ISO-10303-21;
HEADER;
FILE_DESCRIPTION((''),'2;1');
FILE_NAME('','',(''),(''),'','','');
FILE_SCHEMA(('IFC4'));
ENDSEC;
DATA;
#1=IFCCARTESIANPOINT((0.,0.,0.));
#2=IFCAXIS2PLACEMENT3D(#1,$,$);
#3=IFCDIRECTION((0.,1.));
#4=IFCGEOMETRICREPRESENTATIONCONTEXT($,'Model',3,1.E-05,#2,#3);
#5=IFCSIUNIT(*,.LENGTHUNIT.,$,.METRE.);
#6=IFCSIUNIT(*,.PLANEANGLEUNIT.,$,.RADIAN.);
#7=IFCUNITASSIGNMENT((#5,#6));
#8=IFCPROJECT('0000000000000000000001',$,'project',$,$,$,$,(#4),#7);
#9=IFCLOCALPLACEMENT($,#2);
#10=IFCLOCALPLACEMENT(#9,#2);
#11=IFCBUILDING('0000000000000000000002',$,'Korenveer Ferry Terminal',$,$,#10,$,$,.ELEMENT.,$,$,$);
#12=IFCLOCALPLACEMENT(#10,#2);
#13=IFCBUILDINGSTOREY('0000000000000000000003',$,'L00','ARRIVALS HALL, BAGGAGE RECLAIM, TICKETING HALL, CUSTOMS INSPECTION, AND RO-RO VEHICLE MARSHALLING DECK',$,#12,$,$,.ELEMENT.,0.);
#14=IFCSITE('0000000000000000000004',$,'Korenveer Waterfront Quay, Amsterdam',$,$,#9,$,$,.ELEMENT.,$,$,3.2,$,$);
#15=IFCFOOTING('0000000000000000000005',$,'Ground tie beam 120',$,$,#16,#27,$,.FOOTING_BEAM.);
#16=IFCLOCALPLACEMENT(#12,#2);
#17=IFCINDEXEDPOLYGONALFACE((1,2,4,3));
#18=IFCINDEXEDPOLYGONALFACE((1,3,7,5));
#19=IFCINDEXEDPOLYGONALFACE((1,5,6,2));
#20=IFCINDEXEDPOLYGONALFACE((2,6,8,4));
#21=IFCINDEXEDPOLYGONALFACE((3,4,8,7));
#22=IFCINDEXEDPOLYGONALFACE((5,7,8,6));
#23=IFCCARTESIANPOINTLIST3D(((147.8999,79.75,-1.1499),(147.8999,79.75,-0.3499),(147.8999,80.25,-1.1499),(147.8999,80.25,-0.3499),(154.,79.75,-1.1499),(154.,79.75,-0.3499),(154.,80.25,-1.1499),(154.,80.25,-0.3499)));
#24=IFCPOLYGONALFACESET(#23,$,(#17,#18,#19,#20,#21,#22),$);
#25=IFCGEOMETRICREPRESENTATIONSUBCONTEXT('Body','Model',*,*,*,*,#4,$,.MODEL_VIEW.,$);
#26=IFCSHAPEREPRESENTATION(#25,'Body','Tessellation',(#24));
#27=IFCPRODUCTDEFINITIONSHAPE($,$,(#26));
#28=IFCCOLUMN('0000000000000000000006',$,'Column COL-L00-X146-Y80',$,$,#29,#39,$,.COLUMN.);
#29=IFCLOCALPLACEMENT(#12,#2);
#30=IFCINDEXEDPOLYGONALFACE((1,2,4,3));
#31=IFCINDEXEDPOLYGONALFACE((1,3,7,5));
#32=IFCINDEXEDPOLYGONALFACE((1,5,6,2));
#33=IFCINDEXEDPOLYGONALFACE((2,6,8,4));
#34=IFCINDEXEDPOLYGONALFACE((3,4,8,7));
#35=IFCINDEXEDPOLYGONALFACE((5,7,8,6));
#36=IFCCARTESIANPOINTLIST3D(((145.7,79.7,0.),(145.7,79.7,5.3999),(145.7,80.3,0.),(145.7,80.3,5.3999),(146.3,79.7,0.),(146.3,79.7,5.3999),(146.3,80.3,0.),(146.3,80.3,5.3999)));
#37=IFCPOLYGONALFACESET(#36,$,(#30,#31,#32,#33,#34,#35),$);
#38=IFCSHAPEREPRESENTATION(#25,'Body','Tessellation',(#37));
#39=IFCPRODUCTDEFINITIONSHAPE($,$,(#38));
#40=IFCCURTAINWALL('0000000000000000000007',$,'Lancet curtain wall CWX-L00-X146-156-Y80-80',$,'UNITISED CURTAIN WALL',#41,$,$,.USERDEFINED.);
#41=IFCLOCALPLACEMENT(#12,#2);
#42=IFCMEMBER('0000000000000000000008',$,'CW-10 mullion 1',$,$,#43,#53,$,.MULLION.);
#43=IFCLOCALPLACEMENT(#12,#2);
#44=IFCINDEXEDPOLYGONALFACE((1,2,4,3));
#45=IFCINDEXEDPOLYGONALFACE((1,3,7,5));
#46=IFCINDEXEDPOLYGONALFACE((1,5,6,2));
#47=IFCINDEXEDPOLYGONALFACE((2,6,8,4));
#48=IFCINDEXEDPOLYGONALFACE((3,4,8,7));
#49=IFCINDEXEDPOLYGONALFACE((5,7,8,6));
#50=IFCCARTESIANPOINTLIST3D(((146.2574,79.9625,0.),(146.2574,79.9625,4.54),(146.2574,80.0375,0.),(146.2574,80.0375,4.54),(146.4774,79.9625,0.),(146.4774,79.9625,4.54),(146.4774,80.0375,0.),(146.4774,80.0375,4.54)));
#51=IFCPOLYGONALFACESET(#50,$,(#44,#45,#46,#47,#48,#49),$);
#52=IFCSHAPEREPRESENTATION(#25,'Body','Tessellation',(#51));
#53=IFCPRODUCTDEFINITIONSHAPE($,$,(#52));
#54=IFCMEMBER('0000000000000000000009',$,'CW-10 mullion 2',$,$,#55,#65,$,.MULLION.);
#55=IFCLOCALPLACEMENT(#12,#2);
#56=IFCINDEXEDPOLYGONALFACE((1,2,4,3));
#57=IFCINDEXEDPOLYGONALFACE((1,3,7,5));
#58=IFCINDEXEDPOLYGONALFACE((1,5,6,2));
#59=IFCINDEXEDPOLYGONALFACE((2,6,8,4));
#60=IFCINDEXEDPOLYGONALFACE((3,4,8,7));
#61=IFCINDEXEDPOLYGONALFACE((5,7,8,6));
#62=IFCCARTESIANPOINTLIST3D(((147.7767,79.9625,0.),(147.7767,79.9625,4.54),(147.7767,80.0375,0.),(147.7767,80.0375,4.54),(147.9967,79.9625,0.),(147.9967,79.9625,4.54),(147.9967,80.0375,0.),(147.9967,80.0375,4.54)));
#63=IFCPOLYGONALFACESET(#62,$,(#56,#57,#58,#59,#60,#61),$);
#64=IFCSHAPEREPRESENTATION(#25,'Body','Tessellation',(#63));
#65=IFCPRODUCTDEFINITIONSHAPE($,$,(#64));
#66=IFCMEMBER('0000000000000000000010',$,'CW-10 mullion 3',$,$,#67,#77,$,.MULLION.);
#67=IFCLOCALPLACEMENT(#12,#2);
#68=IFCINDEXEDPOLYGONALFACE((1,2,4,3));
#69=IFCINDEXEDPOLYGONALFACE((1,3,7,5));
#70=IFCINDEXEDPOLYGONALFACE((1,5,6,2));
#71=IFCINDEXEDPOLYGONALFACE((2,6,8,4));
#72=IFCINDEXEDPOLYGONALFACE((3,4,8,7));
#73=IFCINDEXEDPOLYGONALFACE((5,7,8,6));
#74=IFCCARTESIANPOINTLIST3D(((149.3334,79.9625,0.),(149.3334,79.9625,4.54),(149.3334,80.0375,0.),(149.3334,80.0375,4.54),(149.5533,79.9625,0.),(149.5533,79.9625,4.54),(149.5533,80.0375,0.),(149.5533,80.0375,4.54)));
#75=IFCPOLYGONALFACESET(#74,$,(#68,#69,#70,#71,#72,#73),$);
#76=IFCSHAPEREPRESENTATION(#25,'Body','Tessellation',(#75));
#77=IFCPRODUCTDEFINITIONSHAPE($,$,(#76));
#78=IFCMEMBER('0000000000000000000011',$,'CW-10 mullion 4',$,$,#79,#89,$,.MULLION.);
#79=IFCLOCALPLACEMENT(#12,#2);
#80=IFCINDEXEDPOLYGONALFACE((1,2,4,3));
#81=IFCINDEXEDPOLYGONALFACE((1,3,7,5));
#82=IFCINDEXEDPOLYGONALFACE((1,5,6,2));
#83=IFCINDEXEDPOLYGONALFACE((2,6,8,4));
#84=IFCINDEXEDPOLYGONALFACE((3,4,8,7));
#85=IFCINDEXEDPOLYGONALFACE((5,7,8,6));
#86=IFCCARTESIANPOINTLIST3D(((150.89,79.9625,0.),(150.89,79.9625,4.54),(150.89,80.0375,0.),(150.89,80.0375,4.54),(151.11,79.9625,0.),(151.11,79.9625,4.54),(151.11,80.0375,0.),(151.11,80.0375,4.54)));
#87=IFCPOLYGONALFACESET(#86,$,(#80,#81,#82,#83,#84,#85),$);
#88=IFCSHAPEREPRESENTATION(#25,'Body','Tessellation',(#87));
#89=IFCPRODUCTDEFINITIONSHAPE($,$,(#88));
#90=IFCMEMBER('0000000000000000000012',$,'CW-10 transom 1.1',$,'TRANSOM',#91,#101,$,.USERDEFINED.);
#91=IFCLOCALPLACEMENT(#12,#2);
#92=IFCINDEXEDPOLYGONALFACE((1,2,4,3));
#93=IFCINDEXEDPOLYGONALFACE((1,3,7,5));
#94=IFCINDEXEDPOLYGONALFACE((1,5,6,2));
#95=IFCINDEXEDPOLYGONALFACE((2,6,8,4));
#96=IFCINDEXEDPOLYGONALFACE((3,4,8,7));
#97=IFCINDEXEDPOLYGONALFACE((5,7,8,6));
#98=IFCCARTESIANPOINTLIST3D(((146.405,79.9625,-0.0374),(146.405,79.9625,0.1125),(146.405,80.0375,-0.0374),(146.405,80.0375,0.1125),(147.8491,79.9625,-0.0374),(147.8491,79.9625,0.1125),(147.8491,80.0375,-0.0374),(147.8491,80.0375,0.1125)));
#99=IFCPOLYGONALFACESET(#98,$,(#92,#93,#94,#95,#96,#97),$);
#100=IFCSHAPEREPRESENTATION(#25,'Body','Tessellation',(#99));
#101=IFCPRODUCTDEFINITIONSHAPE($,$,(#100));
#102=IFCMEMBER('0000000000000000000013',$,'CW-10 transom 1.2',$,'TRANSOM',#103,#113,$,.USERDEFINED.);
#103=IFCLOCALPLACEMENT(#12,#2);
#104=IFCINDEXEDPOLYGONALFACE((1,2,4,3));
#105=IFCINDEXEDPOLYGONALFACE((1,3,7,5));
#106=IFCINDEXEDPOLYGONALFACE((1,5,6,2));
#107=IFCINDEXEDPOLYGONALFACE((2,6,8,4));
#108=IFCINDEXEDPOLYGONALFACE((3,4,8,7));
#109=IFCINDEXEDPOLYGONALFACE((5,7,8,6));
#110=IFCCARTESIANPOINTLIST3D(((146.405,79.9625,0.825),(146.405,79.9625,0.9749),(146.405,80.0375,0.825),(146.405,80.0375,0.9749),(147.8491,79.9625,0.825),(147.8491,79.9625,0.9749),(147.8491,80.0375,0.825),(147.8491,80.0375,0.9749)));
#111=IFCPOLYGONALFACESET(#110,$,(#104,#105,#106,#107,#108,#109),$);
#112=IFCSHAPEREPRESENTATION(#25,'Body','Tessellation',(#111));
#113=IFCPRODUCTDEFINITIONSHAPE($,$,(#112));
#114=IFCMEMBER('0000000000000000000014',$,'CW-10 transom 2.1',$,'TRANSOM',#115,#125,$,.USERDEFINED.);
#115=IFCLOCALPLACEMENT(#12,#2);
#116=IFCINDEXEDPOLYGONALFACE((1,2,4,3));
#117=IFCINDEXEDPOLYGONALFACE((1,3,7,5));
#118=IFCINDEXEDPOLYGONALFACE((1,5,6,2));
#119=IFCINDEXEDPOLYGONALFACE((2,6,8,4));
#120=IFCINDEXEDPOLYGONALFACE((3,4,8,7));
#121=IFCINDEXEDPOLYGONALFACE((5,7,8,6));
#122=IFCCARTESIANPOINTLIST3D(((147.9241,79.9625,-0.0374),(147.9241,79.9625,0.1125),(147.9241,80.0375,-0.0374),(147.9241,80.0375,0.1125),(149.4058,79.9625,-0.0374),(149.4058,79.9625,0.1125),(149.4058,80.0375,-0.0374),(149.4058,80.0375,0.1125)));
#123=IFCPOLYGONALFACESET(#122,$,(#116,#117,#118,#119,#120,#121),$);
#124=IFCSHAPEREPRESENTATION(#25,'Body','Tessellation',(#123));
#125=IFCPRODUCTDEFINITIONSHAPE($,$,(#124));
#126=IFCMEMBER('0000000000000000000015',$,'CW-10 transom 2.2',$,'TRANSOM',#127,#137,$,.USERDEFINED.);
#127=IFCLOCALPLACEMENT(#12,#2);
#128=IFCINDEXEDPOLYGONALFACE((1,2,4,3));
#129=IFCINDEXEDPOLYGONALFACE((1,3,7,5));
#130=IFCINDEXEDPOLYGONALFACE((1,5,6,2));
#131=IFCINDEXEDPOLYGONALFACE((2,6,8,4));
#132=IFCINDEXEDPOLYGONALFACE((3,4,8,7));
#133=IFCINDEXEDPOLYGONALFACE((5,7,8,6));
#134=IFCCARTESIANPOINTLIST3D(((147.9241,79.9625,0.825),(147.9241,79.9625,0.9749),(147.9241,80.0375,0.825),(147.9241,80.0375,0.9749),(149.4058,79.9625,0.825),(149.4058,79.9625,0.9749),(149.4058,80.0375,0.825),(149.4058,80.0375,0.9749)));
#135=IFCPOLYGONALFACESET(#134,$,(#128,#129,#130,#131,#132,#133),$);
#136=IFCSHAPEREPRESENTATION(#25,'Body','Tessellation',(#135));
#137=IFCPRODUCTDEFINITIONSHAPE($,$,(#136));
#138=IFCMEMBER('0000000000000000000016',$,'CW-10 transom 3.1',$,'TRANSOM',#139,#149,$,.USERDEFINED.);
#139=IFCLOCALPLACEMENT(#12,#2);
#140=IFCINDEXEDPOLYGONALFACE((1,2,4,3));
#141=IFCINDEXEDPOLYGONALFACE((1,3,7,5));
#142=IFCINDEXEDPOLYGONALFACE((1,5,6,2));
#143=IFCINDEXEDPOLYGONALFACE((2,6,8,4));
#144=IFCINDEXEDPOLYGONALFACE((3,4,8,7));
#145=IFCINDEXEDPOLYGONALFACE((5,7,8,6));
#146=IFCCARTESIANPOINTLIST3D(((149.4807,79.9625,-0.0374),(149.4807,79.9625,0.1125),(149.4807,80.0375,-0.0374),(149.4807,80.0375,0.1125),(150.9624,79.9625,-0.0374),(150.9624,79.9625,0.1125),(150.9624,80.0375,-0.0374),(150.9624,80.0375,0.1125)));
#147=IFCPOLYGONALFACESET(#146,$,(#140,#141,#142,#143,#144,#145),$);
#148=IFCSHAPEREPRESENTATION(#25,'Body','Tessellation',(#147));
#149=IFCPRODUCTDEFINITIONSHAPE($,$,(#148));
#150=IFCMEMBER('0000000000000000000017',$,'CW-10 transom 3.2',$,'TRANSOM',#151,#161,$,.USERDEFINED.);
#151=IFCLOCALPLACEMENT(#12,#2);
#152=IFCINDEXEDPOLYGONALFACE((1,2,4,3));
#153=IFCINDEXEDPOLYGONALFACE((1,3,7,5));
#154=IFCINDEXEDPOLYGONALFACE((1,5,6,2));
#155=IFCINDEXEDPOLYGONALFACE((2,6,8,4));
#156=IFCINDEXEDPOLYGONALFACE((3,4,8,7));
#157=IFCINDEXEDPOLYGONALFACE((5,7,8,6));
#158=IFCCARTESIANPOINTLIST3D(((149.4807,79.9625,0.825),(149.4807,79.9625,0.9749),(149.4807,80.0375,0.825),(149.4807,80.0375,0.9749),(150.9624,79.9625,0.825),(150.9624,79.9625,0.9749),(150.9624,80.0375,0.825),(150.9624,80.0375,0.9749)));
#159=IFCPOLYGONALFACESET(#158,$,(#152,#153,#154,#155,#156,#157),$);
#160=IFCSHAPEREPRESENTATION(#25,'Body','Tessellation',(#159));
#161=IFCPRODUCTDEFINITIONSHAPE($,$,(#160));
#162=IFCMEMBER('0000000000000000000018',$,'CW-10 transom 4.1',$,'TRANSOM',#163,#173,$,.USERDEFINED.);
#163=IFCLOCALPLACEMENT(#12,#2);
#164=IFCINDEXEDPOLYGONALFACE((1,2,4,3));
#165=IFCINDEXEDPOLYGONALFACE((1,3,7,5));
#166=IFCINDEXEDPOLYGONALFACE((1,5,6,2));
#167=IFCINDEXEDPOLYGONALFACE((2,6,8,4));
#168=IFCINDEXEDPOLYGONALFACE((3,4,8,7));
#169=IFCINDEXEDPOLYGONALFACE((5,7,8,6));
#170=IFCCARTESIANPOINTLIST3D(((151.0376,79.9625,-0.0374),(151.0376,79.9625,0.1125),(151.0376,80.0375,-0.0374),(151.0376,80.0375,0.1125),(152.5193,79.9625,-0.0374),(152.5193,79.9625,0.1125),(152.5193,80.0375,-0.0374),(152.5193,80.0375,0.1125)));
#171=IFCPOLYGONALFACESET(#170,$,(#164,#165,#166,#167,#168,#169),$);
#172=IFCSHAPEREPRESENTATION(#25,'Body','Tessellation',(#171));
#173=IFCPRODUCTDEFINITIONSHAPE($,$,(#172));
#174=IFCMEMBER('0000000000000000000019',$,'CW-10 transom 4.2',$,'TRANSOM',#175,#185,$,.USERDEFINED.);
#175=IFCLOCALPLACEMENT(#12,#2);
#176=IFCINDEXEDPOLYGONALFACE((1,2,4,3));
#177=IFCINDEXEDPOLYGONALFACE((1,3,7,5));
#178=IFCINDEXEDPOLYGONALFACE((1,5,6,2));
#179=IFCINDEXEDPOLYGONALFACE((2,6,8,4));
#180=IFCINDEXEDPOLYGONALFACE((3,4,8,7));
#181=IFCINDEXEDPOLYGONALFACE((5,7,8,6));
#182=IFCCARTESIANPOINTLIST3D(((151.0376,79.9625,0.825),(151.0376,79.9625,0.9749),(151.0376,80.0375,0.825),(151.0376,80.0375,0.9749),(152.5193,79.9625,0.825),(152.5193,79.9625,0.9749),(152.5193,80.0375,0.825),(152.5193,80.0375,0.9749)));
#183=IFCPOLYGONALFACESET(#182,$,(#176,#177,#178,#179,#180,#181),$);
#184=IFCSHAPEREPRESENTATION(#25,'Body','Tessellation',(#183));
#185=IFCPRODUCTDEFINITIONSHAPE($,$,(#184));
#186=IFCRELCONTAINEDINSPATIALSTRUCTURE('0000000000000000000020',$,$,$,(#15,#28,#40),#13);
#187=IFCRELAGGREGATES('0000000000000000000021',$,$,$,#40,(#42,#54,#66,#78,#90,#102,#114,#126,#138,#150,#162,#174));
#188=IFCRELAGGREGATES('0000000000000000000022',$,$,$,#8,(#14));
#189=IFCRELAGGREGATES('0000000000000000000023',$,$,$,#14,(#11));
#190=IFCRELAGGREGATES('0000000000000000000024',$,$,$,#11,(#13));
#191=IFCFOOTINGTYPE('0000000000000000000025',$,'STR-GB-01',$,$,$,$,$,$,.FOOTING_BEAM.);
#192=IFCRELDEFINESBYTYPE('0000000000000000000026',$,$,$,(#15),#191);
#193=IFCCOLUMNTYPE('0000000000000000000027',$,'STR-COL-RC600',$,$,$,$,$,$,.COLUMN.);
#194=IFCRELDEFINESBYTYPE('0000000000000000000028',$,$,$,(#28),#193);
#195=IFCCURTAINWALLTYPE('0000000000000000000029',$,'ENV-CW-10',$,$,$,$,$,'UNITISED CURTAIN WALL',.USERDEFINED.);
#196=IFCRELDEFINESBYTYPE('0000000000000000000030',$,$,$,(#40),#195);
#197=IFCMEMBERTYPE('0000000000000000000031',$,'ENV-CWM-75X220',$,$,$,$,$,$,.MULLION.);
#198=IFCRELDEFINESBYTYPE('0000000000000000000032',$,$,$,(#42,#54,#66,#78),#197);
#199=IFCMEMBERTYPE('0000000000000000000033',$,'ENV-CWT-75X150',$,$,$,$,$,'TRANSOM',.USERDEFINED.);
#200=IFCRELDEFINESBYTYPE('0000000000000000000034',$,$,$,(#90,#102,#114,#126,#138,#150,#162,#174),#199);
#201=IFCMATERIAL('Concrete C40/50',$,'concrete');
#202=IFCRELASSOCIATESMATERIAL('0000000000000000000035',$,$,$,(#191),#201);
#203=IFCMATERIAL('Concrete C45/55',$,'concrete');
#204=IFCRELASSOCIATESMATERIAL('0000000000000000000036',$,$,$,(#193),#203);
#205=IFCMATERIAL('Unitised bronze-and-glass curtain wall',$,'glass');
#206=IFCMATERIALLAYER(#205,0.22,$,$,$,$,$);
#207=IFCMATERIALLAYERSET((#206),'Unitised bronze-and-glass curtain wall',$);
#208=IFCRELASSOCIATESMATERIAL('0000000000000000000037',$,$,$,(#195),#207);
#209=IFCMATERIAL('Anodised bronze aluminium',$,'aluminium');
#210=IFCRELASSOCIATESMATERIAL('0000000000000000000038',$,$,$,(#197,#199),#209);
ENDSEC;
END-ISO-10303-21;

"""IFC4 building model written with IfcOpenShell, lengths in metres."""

from ifc_helpers import new_model, si_unit, direction, frame, origin, origin_2d, place, context, subcontext, project, spatial, rectangle, extrude, material, layer, layer_set, material_profile, profile_set, type_object, element, aggregate, save


model = new_model("IFC4")

# Units and contexts
model_context = context("Model", 3, precision=1e-05, world=origin(), true_north=direction((0.0, 1.0)))
body_context = subcontext(model_context, "Body", "Model", "MODEL_VIEW")
ifc_project = project(units=[si_unit("LENGTHUNIT", "METRE"), si_unit("PLANEANGLEUNIT", "RADIAN")], contexts=[model_context])

# Site, building, storey
site_placement = place(None, origin())
site = spatial("IfcSite", under=ifc_project, at=site_placement, Name="Korenveer Waterfront Quay, Amsterdam", CompositionType="ELEMENT", RefElevation=3.2)
building_placement = place(site_placement, origin())
building = spatial("IfcBuilding", under=site, at=building_placement, Name="Korenveer Ferry Terminal", CompositionType="ELEMENT")
storey_placement = place(building_placement, origin())
storey = spatial("IfcBuildingStorey", under=building, at=storey_placement, Name="L00", Description="ARRIVALS HALL, BAGGAGE RECLAIM, TICKETING HALL, CUSTOMS INSPECTION, AND RO-RO VEHICLE MARSHALLING DECK", CompositionType="ELEMENT", Elevation=0.0)

# Footing
ifc_material_1 = material(Name="Concrete C40/50", Category="concrete")
footing_type = type_object("IfcFootingType", Name="STR-GB-01", PredefinedType="FOOTING_BEAM", material=ifc_material_1)
footing_placement = place(storey_placement, frame((150.95, 80.0, -1.1499), z_axis=(0.0, 0.0, 1.0), x_axis=(1.0, 0.0, 0.0)))
element("IfcFooting", 1, at=footing_placement, inside=storey, type_object=footing_type, Name="Ground tie beam 120", PredefinedType="FOOTING_BEAM", context=body_context, shape_type="SweptSolid", body=[
    extrude(rectangle(XDim=6.1001, YDim=0.5, at=origin_2d()), origin(), (0.0, 0.0, 1.0), 0.8),
])

# Column
ifc_material_2 = material(Name="Concrete C45/55", Category="concrete")
ifc_material_profile_1 = material_profile(ifc_material_2, rectangle(XDim=0.6001, YDim=0.6001, at=origin_2d()), Name="RC 600x600")
ifc_profile_set_1 = profile_set([ifc_material_profile_1], Name="Concrete C45/55")
column_type = type_object("IfcColumnType", Name="STR-COL-RC600", PredefinedType="COLUMN", material=ifc_profile_set_1)
column_placement = place(storey_placement, frame((146.0, 80.0, 0.0), z_axis=(0.0, 0.0, 1.0), x_axis=(1.0, 0.0, 0.0)))
element("IfcColumn", 2, at=column_placement, inside=storey, type_object=column_type, Name="Column COL-L00-X146-Y80", PredefinedType="COLUMN", context=body_context, shape_type="SweptSolid", body=[
    extrude(rectangle(XDim=0.6001, YDim=0.6001, at=origin_2d()), origin(), (0.0, 0.0, 1.0), 5.3999),
])

# Curtain wall, members
ifc_material_3 = material(Name="Unitised bronze-and-glass curtain wall", Category="glass")
ifc_layer_1 = layer(ifc_material_3, 0.22)
ifc_layer_set_1 = layer_set([ifc_layer_1], Name="Unitised bronze-and-glass curtain wall")
curtain_wall_type = type_object("IfcCurtainWallType", Name="ENV-CW-10", ElementType="UNITISED CURTAIN WALL", PredefinedType="USERDEFINED", material=ifc_layer_set_1)
curtain_wall_placement = place(storey_placement, frame((146.3301, 80.0, 0.0)))
curtain_wall = element("IfcCurtainWall", 3, at=curtain_wall_placement, inside=storey, type_object=curtain_wall_type, Name="Lancet curtain wall CWX-L00-X146-156-Y80-80", ObjectType="UNITISED CURTAIN WALL", PredefinedType="USERDEFINED")
ifc_material_4 = material(Name="Anodised bronze aluminium", Category="aluminium")
ifc_material_profile_2 = material_profile(ifc_material_4, rectangle(XDim=0.075, YDim=0.22, at=origin_2d()), Name="ALU 75x220")
ifc_profile_set_2 = profile_set([ifc_material_profile_2], Name="Anodised bronze aluminium")
member_type_1 = type_object("IfcMemberType", Name="ENV-CWM-75X220", PredefinedType="MULLION", material=ifc_profile_set_2)
member_1_placement = place(storey_placement, frame((146.3674, 80.0, 0.0), z_axis=(0.0, 0.0, 1.0), x_axis=(0.0, 1.0, 0.0)))
member_1 = element("IfcMember", 4, at=member_1_placement, type_object=member_type_1, Name="CW-10 mullion 1", PredefinedType="MULLION", context=body_context, shape_type="SweptSolid", body=[
    extrude(rectangle(XDim=0.075, YDim=0.22, at=origin_2d()), origin(), (0.0, 0.0, 1.0), 4.54),
])
member_2_placement = place(storey_placement, frame((147.8867, 80.0, 0.0), z_axis=(0.0, 0.0, 1.0), x_axis=(0.0, 1.0, 0.0)))
member_2 = element("IfcMember", 5, at=member_2_placement, type_object=member_type_1, Name="CW-10 mullion 2", PredefinedType="MULLION", context=body_context, shape_type="SweptSolid", body=[
    extrude(rectangle(XDim=0.075, YDim=0.22, at=origin_2d()), origin(), (0.0, 0.0, 1.0), 4.54),
])
member_3_placement = place(storey_placement, frame((149.4434, 80.0, 0.0), z_axis=(0.0, 0.0, 1.0), x_axis=(0.0, 1.0, 0.0)))
member_3 = element("IfcMember", 6, at=member_3_placement, type_object=member_type_1, Name="CW-10 mullion 3", PredefinedType="MULLION", context=body_context, shape_type="SweptSolid", body=[
    extrude(rectangle(XDim=0.075, YDim=0.22, at=origin_2d()), origin(), (0.0, 0.0, 1.0), 4.54),
])
member_4_placement = place(storey_placement, frame((151.0, 80.0, 0.0), z_axis=(0.0, 0.0, 1.0), x_axis=(0.0, 1.0, 0.0)))
member_4 = element("IfcMember", 7, at=member_4_placement, type_object=member_type_1, Name="CW-10 mullion 4", PredefinedType="MULLION", context=body_context, shape_type="SweptSolid", body=[
    extrude(rectangle(XDim=0.075, YDim=0.22, at=origin_2d()), origin(), (0.0, 0.0, 1.0), 4.54),
])
ifc_material_profile_3 = material_profile(ifc_material_4, rectangle(XDim=0.075, YDim=0.1499, at=origin_2d()), Name="ALU 75x150")
ifc_profile_set_3 = profile_set([ifc_material_profile_3], Name="Anodised bronze aluminium")
member_type_2 = type_object("IfcMemberType", Name="ENV-CWT-75X150", ElementType="TRANSOM", PredefinedType="USERDEFINED", material=ifc_profile_set_3)
member_5_placement = place(storey_placement, frame((146.405, 80.0, 0.0376), z_axis=(1.0, 0.0, 0.0), x_axis=(0.0, 1.0, 0.0)))
member_5 = element("IfcMember", 8, at=member_5_placement, type_object=member_type_2, Name="CW-10 transom 1.1", ObjectType="TRANSOM", PredefinedType="USERDEFINED", context=body_context, shape_type="SweptSolid", body=[
    extrude(rectangle(XDim=0.075, YDim=0.1499, at=origin_2d()), origin(), (0.0, 0.0, 1.0), 1.4441),
])
member_6_placement = place(storey_placement, frame((146.405, 80.0, 0.8999), z_axis=(1.0, 0.0, 0.0), x_axis=(0.0, 1.0, 0.0)))
member_6 = element("IfcMember", 9, at=member_6_placement, type_object=member_type_2, Name="CW-10 transom 1.2", ObjectType="TRANSOM", PredefinedType="USERDEFINED", context=body_context, shape_type="SweptSolid", body=[
    extrude(rectangle(XDim=0.075, YDim=0.1499, at=origin_2d()), origin(), (0.0, 0.0, 1.0), 1.4441),
])
member_7_placement = place(storey_placement, frame((147.9241, 80.0, 0.0376), z_axis=(1.0, 0.0, 0.0), x_axis=(0.0, 1.0, 0.0)))
member_7 = element("IfcMember", 10, at=member_7_placement, type_object=member_type_2, Name="CW-10 transom 2.1", ObjectType="TRANSOM", PredefinedType="USERDEFINED", context=body_context, shape_type="SweptSolid", body=[
    extrude(rectangle(XDim=0.075, YDim=0.1499, at=origin_2d()), origin(), (0.0, 0.0, 1.0), 1.4817),
])
member_8_placement = place(storey_placement, frame((147.9241, 80.0, 0.8999), z_axis=(1.0, 0.0, 0.0), x_axis=(0.0, 1.0, 0.0)))
member_8 = element("IfcMember", 11, at=member_8_placement, type_object=member_type_2, Name="CW-10 transom 2.2", ObjectType="TRANSOM", PredefinedType="USERDEFINED", context=body_context, shape_type="SweptSolid", body=[
    extrude(rectangle(XDim=0.075, YDim=0.1499, at=origin_2d()), origin(), (0.0, 0.0, 1.0), 1.4817),
])
member_9_placement = place(storey_placement, frame((149.4807, 80.0, 0.0376), z_axis=(1.0, 0.0, 0.0), x_axis=(0.0, 1.0, 0.0)))
member_9 = element("IfcMember", 12, at=member_9_placement, type_object=member_type_2, Name="CW-10 transom 3.1", ObjectType="TRANSOM", PredefinedType="USERDEFINED", context=body_context, shape_type="SweptSolid", body=[
    extrude(rectangle(XDim=0.075, YDim=0.1499, at=origin_2d()), origin(), (0.0, 0.0, 1.0), 1.4817),
])
member_10_placement = place(storey_placement, frame((149.4807, 80.0, 0.8999), z_axis=(1.0, 0.0, 0.0), x_axis=(0.0, 1.0, 0.0)))
member_10 = element("IfcMember", 13, at=member_10_placement, type_object=member_type_2, Name="CW-10 transom 3.2", ObjectType="TRANSOM", PredefinedType="USERDEFINED", context=body_context, shape_type="SweptSolid", body=[
    extrude(rectangle(XDim=0.075, YDim=0.1499, at=origin_2d()), origin(), (0.0, 0.0, 1.0), 1.4817),
])
member_11_placement = place(storey_placement, frame((151.0376, 80.0, 0.0376), z_axis=(1.0, 0.0, 0.0), x_axis=(0.0, 1.0, 0.0)))
member_11 = element("IfcMember", 14, at=member_11_placement, type_object=member_type_2, Name="CW-10 transom 4.1", ObjectType="TRANSOM", PredefinedType="USERDEFINED", context=body_context, shape_type="SweptSolid", body=[
    extrude(rectangle(XDim=0.075, YDim=0.1499, at=origin_2d()), origin(), (0.0, 0.0, 1.0), 1.4817),
])
member_12_placement = place(storey_placement, frame((151.0376, 80.0, 0.8999), z_axis=(1.0, 0.0, 0.0), x_axis=(0.0, 1.0, 0.0)))
member_12 = element("IfcMember", 15, at=member_12_placement, type_object=member_type_2, Name="CW-10 transom 4.2", ObjectType="TRANSOM", PredefinedType="USERDEFINED", context=body_context, shape_type="SweptSolid", body=[
    extrude(rectangle(XDim=0.075, YDim=0.1499, at=origin_2d()), origin(), (0.0, 0.0, 1.0), 1.4817),
])
aggregate(curtain_wall, [member_1, member_2, member_3, member_4, member_5, member_6, member_7, member_8, member_9, member_10, member_11, member_12])

save(model, "model.ifc")
